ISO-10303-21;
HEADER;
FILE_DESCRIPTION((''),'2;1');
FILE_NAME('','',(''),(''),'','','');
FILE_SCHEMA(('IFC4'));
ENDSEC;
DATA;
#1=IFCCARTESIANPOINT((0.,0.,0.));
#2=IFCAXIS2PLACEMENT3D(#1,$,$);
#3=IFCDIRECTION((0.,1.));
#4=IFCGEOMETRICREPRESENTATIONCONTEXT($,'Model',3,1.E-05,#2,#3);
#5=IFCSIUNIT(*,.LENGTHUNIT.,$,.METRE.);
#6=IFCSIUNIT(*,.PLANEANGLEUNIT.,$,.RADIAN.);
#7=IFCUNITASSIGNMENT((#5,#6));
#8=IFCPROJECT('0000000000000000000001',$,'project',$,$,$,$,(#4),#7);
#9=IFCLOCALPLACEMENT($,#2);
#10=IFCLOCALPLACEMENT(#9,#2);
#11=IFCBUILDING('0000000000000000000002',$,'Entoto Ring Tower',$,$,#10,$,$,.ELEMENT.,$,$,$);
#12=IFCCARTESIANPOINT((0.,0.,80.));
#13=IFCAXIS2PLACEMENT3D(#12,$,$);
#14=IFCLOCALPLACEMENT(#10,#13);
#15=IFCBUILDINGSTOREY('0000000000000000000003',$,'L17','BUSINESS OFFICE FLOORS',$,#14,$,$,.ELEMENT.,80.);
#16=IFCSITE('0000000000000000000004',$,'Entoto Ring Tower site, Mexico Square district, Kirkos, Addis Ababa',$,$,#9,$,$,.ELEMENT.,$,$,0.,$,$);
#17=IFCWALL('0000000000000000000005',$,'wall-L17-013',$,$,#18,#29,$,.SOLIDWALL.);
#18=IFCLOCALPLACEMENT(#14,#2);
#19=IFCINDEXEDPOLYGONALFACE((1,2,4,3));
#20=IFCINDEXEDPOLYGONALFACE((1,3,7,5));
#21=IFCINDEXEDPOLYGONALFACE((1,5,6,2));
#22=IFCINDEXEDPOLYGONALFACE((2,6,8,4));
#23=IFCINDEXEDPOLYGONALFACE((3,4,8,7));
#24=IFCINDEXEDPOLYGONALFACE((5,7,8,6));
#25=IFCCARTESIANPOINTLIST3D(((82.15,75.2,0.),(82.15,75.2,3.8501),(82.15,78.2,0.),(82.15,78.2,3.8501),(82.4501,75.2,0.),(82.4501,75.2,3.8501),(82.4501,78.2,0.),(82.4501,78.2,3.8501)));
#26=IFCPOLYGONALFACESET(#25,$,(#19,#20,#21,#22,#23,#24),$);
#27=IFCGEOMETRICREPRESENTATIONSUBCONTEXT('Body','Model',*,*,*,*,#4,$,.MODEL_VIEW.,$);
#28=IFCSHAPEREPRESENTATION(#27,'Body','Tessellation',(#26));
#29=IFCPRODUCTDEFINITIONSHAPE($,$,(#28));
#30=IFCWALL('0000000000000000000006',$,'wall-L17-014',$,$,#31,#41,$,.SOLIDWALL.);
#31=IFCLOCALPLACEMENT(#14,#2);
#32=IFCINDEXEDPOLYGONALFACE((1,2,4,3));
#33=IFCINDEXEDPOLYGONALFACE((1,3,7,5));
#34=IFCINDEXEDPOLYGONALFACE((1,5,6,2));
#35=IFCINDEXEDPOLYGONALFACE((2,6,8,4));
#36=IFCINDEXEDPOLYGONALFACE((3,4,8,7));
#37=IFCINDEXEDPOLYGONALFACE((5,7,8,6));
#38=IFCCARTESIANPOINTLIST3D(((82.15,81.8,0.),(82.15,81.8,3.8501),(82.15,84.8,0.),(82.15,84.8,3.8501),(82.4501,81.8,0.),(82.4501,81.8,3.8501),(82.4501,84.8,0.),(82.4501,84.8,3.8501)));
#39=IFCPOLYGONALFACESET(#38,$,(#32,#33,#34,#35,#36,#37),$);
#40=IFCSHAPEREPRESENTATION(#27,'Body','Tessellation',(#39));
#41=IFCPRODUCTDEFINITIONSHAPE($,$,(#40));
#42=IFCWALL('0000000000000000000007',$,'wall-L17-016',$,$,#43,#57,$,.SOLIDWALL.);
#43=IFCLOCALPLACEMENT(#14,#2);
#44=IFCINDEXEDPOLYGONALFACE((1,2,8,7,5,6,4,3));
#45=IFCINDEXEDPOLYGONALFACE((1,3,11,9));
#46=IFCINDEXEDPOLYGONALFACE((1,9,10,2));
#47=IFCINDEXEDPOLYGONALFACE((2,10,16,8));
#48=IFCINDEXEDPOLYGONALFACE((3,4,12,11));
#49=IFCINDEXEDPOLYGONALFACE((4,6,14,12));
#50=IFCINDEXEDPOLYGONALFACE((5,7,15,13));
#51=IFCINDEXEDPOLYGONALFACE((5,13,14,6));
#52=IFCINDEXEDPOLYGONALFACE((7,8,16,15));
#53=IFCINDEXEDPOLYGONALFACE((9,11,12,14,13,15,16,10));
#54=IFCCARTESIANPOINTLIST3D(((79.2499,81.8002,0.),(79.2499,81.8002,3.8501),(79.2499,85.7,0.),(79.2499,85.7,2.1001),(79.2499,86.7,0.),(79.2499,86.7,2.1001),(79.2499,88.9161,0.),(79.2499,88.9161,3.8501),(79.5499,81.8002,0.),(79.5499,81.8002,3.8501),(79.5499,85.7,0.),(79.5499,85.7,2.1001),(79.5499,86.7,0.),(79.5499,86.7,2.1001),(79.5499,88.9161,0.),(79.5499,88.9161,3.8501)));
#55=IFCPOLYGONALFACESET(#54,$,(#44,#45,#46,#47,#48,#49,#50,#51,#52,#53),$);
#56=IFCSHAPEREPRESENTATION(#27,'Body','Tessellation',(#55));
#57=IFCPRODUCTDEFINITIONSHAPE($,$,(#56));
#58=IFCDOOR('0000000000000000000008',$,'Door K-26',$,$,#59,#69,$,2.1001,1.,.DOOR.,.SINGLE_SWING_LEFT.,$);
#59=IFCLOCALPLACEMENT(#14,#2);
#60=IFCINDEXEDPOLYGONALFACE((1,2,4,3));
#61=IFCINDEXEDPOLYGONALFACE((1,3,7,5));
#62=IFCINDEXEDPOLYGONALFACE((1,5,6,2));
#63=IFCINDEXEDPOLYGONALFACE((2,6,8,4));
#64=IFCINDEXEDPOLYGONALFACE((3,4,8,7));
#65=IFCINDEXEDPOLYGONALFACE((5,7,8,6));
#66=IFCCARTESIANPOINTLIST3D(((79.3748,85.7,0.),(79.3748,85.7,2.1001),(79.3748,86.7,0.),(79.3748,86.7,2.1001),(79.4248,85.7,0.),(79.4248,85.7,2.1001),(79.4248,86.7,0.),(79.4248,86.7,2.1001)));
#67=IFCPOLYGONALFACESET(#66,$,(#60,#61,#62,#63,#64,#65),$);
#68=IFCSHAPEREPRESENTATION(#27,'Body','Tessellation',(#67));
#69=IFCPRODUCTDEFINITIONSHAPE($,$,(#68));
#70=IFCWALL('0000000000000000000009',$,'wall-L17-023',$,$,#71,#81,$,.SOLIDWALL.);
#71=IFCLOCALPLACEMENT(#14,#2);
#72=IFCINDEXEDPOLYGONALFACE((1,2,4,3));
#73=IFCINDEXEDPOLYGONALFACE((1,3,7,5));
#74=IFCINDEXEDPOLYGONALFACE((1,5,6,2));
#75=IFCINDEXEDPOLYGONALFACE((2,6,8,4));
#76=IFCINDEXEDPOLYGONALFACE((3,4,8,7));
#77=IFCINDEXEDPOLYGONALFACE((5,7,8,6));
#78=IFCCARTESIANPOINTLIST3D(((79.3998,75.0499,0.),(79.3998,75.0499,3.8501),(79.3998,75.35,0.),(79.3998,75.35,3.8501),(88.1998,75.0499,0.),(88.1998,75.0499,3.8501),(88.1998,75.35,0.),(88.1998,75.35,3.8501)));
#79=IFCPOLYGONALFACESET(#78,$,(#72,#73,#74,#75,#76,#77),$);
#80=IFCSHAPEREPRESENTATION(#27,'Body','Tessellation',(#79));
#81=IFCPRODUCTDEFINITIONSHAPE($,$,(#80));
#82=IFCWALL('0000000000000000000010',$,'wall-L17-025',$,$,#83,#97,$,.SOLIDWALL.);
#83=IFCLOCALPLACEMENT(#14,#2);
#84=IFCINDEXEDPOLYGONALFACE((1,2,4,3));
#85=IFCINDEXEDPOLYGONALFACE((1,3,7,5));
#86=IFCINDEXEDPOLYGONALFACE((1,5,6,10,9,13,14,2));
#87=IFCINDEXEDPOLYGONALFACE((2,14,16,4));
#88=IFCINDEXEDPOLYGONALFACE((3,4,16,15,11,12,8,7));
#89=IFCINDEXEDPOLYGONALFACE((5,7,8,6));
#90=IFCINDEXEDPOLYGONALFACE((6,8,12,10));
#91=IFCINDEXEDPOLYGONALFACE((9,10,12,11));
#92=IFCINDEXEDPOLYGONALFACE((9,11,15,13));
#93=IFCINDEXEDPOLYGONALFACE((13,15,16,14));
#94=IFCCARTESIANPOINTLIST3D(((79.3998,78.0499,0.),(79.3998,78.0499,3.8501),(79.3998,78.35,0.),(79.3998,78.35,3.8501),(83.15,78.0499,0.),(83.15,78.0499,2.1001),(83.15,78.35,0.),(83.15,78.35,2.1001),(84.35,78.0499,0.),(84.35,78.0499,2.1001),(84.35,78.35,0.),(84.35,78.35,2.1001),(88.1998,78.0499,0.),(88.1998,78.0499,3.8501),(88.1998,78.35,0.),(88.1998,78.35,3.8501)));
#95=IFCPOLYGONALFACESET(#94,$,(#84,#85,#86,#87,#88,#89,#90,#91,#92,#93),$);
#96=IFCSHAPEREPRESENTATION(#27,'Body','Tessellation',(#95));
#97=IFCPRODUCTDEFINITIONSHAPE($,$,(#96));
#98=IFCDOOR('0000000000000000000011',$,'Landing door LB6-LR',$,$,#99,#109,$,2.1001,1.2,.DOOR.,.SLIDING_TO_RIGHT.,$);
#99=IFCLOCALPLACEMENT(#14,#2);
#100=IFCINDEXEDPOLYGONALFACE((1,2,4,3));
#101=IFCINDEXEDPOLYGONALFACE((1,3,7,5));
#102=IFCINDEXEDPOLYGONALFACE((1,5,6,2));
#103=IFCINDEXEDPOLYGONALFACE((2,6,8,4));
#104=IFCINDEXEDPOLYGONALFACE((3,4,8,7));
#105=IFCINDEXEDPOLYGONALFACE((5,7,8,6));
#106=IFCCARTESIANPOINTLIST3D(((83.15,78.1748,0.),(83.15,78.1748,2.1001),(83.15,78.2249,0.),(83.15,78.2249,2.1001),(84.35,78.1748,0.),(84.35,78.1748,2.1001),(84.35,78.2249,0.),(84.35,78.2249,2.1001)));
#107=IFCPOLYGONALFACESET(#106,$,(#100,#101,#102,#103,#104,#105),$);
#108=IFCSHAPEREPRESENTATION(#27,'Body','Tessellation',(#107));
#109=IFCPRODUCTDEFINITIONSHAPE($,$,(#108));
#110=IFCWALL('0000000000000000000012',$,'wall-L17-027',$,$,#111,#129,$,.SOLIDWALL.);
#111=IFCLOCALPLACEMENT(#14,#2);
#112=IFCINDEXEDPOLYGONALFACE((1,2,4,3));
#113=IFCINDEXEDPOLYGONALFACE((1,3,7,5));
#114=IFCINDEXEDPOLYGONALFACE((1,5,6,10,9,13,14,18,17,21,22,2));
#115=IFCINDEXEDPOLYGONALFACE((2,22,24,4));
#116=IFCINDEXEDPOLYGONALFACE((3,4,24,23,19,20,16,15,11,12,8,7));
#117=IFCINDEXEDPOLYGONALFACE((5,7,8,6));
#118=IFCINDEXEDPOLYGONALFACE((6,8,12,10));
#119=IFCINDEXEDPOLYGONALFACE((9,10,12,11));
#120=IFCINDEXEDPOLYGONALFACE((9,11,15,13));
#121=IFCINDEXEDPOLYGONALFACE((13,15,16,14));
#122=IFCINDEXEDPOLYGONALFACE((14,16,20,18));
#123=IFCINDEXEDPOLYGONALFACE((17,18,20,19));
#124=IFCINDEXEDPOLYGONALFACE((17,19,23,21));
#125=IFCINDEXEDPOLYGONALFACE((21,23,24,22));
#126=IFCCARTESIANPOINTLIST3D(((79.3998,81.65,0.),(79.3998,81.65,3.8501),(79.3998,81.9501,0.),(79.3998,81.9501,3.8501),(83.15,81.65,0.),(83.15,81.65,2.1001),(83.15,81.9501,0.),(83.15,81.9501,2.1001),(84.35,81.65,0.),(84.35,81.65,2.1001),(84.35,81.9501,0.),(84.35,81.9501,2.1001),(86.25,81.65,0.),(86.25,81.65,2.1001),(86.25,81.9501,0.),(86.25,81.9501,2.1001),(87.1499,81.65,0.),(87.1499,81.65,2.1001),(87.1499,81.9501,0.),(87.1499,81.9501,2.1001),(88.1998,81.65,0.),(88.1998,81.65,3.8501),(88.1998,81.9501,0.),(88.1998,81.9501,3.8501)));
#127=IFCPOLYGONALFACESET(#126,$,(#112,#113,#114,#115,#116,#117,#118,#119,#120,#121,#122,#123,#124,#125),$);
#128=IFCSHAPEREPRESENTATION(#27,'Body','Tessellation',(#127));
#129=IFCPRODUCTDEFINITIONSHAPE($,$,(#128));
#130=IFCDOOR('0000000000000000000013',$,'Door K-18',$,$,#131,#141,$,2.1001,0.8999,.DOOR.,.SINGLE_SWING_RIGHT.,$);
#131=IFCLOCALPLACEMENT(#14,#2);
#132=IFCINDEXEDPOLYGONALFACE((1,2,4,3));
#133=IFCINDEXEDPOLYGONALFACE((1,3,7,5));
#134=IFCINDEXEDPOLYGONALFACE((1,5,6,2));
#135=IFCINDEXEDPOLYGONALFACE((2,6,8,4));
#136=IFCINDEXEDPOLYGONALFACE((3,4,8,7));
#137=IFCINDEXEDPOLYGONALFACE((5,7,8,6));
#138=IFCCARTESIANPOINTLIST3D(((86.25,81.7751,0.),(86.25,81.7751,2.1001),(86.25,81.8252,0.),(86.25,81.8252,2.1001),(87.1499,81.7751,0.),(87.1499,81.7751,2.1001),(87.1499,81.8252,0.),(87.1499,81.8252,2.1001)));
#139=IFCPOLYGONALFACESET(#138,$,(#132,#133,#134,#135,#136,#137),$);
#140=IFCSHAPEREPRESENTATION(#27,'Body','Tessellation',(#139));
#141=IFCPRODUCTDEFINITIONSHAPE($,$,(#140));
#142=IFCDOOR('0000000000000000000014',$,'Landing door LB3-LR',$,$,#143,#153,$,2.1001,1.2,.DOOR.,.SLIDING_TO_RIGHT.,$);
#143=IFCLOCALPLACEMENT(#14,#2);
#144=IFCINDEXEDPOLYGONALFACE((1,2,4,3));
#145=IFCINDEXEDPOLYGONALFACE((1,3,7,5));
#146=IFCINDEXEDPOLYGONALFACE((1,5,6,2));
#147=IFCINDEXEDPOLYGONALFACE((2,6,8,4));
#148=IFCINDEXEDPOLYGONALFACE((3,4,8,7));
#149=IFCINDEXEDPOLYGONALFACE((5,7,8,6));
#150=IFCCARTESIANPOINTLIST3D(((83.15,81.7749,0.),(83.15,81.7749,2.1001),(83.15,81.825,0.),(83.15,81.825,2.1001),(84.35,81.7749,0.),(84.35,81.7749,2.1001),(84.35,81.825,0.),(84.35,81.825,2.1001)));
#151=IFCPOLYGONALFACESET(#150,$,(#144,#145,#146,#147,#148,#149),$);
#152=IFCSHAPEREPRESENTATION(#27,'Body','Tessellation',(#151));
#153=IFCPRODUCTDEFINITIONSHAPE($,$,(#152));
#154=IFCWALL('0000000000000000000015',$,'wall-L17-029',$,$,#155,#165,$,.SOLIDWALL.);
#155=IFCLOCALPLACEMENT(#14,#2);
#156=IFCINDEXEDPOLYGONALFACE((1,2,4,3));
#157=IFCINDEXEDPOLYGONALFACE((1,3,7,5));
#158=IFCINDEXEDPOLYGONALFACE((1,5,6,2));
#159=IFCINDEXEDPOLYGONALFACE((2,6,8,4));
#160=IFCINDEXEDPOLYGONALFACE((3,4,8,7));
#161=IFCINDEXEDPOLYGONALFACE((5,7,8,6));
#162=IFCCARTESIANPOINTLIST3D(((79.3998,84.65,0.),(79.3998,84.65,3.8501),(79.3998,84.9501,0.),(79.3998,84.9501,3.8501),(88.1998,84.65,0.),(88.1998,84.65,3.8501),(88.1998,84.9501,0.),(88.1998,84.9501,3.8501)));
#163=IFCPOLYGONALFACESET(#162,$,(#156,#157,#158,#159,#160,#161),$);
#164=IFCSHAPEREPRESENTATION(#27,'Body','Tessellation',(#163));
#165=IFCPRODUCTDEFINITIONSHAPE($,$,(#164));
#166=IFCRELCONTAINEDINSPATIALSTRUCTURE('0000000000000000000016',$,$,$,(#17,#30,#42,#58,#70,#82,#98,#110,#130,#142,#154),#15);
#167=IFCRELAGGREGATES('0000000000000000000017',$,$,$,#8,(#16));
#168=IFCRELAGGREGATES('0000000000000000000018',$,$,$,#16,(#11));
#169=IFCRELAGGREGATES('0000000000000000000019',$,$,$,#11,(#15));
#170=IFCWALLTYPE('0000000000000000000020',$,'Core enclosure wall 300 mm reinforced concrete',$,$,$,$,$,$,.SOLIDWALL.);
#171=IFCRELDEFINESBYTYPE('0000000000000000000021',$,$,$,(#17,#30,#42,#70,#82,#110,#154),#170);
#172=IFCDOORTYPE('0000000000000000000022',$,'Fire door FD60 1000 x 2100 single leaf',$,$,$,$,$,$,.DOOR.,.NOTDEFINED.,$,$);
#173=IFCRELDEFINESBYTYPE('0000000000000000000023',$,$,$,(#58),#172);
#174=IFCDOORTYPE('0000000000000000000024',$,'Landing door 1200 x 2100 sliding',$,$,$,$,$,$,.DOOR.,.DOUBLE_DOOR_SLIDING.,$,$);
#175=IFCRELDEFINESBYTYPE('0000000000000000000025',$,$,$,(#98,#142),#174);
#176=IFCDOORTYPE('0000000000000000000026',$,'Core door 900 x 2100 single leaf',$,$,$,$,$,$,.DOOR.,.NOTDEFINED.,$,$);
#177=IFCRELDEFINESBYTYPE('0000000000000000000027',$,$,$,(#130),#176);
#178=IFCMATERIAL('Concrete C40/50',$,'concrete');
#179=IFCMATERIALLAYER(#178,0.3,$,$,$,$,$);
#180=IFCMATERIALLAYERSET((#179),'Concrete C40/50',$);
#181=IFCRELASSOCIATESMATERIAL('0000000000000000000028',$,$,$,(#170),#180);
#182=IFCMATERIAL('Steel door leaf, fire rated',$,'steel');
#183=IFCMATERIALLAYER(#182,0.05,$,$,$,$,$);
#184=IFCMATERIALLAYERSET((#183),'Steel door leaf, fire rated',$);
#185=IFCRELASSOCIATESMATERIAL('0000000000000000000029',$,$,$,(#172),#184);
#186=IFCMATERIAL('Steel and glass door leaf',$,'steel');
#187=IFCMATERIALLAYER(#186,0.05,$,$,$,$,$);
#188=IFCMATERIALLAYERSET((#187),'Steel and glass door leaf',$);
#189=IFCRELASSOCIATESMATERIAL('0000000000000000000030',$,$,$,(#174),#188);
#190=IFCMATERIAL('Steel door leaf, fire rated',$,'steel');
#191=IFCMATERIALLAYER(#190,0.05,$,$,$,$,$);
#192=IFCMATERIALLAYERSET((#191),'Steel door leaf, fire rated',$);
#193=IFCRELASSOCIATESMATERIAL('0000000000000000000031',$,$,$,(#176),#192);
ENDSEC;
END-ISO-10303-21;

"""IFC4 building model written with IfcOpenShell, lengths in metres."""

from ifc_helpers import new_model, si_unit, direction, frame, frame_2d, origin, place, context, subcontext, project, spatial, rectangle, extrude, material, layer, layer_set, type_object, element, fill, save


model = new_model("IFC4")

# Units and contexts
model_context = context("Model", 3, precision=1e-05, world=origin(), true_north=direction((0.0, 1.0)))
body_context = subcontext(model_context, "Body", "Model", "MODEL_VIEW")
ifc_project = project(units=[si_unit("LENGTHUNIT", "METRE"), si_unit("PLANEANGLEUNIT", "RADIAN")], contexts=[model_context])

# Site, building, storey
site_placement = place(None, origin())
site = spatial("IfcSite", under=ifc_project, at=site_placement, Name="Entoto Ring Tower site, Mexico Square district, Kirkos, Addis Ababa", CompositionType="ELEMENT", RefElevation=0.0)
building_placement = place(site_placement, origin())
building = spatial("IfcBuilding", under=site, at=building_placement, Name="Entoto Ring Tower", CompositionType="ELEMENT")
storey_placement = place(building_placement, frame((0.0, 0.0, 80.0)))
storey = spatial("IfcBuildingStorey", under=building, at=storey_placement, Name="L17", Description="BUSINESS OFFICE FLOORS", CompositionType="ELEMENT", Elevation=80.0)

# Walls
ifc_material_1 = material(Name="Concrete C40/50", Category="concrete")
ifc_layer_1 = layer(ifc_material_1, 0.3)
ifc_layer_set_1 = layer_set([ifc_layer_1], Name="Concrete C40/50")
wall_type_1 = type_object("IfcWallType", Name="Core enclosure wall 300 mm reinforced concrete", PredefinedType="SOLIDWALL", material=ifc_layer_set_1)
for number, where, z_axis, x_axis, name in (
    (1, (82.3, 75.2, 0.0), (0.0, 0.0, 1.0), (0.0, 1.0, 0.0), "wall-L17-013"),
    (2, (82.3, 81.8, 0.0), (0.0, 0.0, 1.0), (0.0, 1.0, 0.0), "wall-L17-014"),
):
    element("IfcWall", number, at=place(storey_placement, frame(where, z_axis=z_axis, x_axis=x_axis)), inside=storey, type_object=wall_type_1, Name=name, PredefinedType="SOLIDWALL", context=body_context, shape_type="SweptSolid", body=[
        extrude(rectangle(XDim=3.0, YDim=0.3, at=frame_2d((1.5, 0.0))), origin(), (0.0, 0.0, 1.0), 3.8501),
    ])

# Wall, opening, door
wall_1_placement = place(storey_placement, frame((79.3999, 81.8, 0.0), z_axis=(0.0, 0.0, 1.0), x_axis=(0.0, 1.0, 0.0)))
wall_1 = element("IfcWall", 3, at=wall_1_placement, inside=storey, type_object=wall_type_1, Name="wall-L17-016", PredefinedType="SOLIDWALL", context=body_context, shape_type="SweptSolid", body=[
    extrude(rectangle(XDim=7.116, YDim=0.3, at=frame_2d((3.5581, 0.0))), origin(), (0.0, 0.0, 1.0), 3.8501),
])
opening_1_placement = place(wall_1_placement, frame((3.8999, 0.0, 0.0)))
opening_1 = element("IfcOpeningElement", 4, at=opening_1_placement, cuts=wall_1, PredefinedType="OPENING", context=body_context, shape_type="SweptSolid", body=[
    extrude(rectangle(XDim=1.0, YDim=2.1001, at=frame_2d((0.5, 1.05))), frame((0.0, 0.1602, 0.0), z_axis=(0.0, -1.0, 0.0), x_axis=(1.0, 0.0, 0.0)), (0.0, 0.0, 1.0), 0.3201),
])
ifc_material_2 = material(Name="Steel door leaf, fire rated", Category="steel")
ifc_layer_2 = layer(ifc_material_2, 0.05)
ifc_layer_set_2 = layer_set([ifc_layer_2], Name="Steel door leaf, fire rated")
door_type_1 = type_object("IfcDoorType", Name="Fire door FD60 1000 x 2100 single leaf", OperationType="NOTDEFINED", PredefinedType="DOOR", material=ifc_layer_set_2)
door_1_placement = place(opening_1_placement, frame((1.0, 0.0, 0.0), z_axis=(0.0, 0.0, 1.0), x_axis=(-1.0, 0.0, 0.0)))
door_1 = element("IfcDoor", 5, at=door_1_placement, inside=storey, type_object=door_type_1, Name="Door K-26", OperationType="SINGLE_SWING_LEFT", OverallHeight=2.1001, OverallWidth=1.0, PredefinedType="DOOR", context=body_context, shape_type="SweptSolid", body=[
    extrude(rectangle(XDim=1.0, YDim=2.1001, at=frame_2d((0.5, 1.05))), frame((0.0, 0.0249, 0.0), z_axis=(0.0, -1.0, 0.0), x_axis=(1.0, 0.0, 0.0)), (0.0, 0.0, 1.0), 0.05),
])
fill(opening_1, door_1)

# Wall
wall_2_placement = place(storey_placement, frame((79.3999, 75.2, 0.0), z_axis=(0.0, 0.0, 1.0), x_axis=(1.0, 0.0, 0.0)))
element("IfcWall", 6, at=wall_2_placement, inside=storey, type_object=wall_type_1, Name="wall-L17-023", PredefinedType="SOLIDWALL", context=body_context, shape_type="SweptSolid", body=[
    extrude(rectangle(XDim=8.8, YDim=0.3, at=frame_2d((4.3999, 0.0))), origin(), (0.0, 0.0, 1.0), 3.8501),
])

# Wall, opening, door
wall_3_placement = place(storey_placement, frame((79.3999, 78.2, 0.0), z_axis=(0.0, 0.0, 1.0), x_axis=(1.0, 0.0, 0.0)))
wall_3 = element("IfcWall", 7, at=wall_3_placement, inside=storey, type_object=wall_type_1, Name="wall-L17-025", PredefinedType="SOLIDWALL", context=body_context, shape_type="SweptSolid", body=[
    extrude(rectangle(XDim=8.8, YDim=0.3, at=frame_2d((4.3999, 0.0))), origin(), (0.0, 0.0, 1.0), 3.8501),
])
opening_2_placement = place(wall_3_placement, frame((3.75, 0.0, 0.0)))
opening_2 = element("IfcOpeningElement", 8, at=opening_2_placement, cuts=wall_3, PredefinedType="OPENING", context=body_context, shape_type="SweptSolid", body=[
    extrude(rectangle(XDim=1.2, YDim=2.1001, at=frame_2d((0.6001, 1.05))), frame((0.0, 0.1602, 0.0), z_axis=(0.0, -1.0, 0.0), x_axis=(1.0, 0.0, 0.0)), (0.0, 0.0, 1.0), 0.3201),
])
ifc_material_3 = material(Name="Steel and glass door leaf", Category="steel")
ifc_layer_3 = layer(ifc_material_3, 0.05)
ifc_layer_set_3 = layer_set([ifc_layer_3], Name="Steel and glass door leaf")
door_type_2 = type_object("IfcDoorType", Name="Landing door 1200 x 2100 sliding", OperationType="DOUBLE_DOOR_SLIDING", PredefinedType="DOOR", material=ifc_layer_set_3)
door_2_placement = place(opening_2_placement, origin())
door_2 = element("IfcDoor", 9, at=door_2_placement, inside=storey, type_object=door_type_2, Name="Landing door LB6-LR", OperationType="SLIDING_TO_RIGHT", OverallHeight=2.1001, OverallWidth=1.2, PredefinedType="DOOR", context=body_context, shape_type="SweptSolid", body=[
    extrude(rectangle(XDim=1.2, YDim=2.1001, at=frame_2d((0.6001, 1.05))), frame((0.0, 0.0249, 0.0), z_axis=(0.0, -1.0, 0.0), x_axis=(1.0, 0.0, 0.0)), (0.0, 0.0, 1.0), 0.05),
])
fill(opening_2, door_2)

# Wall, openings, doors
wall_4_placement = place(storey_placement, frame((79.3999, 81.8, 0.0), z_axis=(0.0, 0.0, 1.0), x_axis=(1.0, 0.0, 0.0)))
wall_4 = element("IfcWall", 10, at=wall_4_placement, inside=storey, type_object=wall_type_1, Name="wall-L17-027", PredefinedType="SOLIDWALL", context=body_context, shape_type="SweptSolid", body=[
    extrude(rectangle(XDim=8.8, YDim=0.3, at=frame_2d((4.3999, 0.0))), origin(), (0.0, 0.0, 1.0), 3.8501),
])
opening_3_placement = place(wall_4_placement, frame((3.75, 0.0, 0.0)))
opening_3 = element("IfcOpeningElement", 11, at=opening_3_placement, cuts=wall_4, PredefinedType="OPENING", context=body_context, shape_type="SweptSolid", body=[
    extrude(rectangle(XDim=1.2, YDim=2.1001, at=frame_2d((0.6001, 1.05))), frame((0.0, 0.1602, 0.0), z_axis=(0.0, -1.0, 0.0), x_axis=(1.0, 0.0, 0.0)), (0.0, 0.0, 1.0), 0.3201),
])
opening_4_placement = place(wall_4_placement, frame((6.8501, 0.0, 0.0)))
opening_4 = element("IfcOpeningElement", 12, at=opening_4_placement, cuts=wall_4, PredefinedType="OPENING", context=body_context, shape_type="SweptSolid", body=[
    extrude(rectangle(XDim=0.8999, YDim=2.1001, at=frame_2d((0.45, 1.05))), frame((0.0, 0.1602, 0.0), z_axis=(0.0, -1.0, 0.0), x_axis=(1.0, 0.0, 0.0)), (0.0, 0.0, 1.0), 0.3201),
])
ifc_material_4 = material(Name="Steel door leaf, fire rated", Category="steel")
ifc_layer_4 = layer(ifc_material_4, 0.05)
ifc_layer_set_4 = layer_set([ifc_layer_4], Name="Steel door leaf, fire rated")
door_type_3 = type_object("IfcDoorType", Name="Core door 900 x 2100 single leaf", OperationType="NOTDEFINED", PredefinedType="DOOR", material=ifc_layer_set_4)
door_3_placement = place(opening_4_placement, frame((0.8999, 0.0, 0.0), z_axis=(0.0, 0.0, 1.0), x_axis=(-1.0, 0.0, 0.0)))
door_3 = element("IfcDoor", 13, at=door_3_placement, inside=storey, type_object=door_type_3, Name="Door K-18", OperationType="SINGLE_SWING_RIGHT", OverallHeight=2.1001, OverallWidth=0.8999, PredefinedType="DOOR", context=body_context, shape_type="SweptSolid", body=[
    extrude(rectangle(XDim=0.8999, YDim=2.1001, at=frame_2d((0.45, 1.05))), frame((0.0, 0.0249, 0.0), z_axis=(0.0, -1.0, 0.0), x_axis=(1.0, 0.0, 0.0)), (0.0, 0.0, 1.0), 0.05),
])
fill(opening_4, door_3)
door_4_placement = place(opening_3_placement, origin())
door_4 = element("IfcDoor", 14, at=door_4_placement, inside=storey, type_object=door_type_2, Name="Landing door LB3-LR", OperationType="SLIDING_TO_RIGHT", OverallHeight=2.1001, OverallWidth=1.2, PredefinedType="DOOR", context=body_context, shape_type="SweptSolid", body=[
    extrude(rectangle(XDim=1.2, YDim=2.1001, at=frame_2d((0.6001, 1.05))), frame((0.0, 0.0249, 0.0), z_axis=(0.0, -1.0, 0.0), x_axis=(1.0, 0.0, 0.0)), (0.0, 0.0, 1.0), 0.05),
])
fill(opening_3, door_4)

# Wall
wall_5_placement = place(storey_placement, frame((79.3999, 84.8, 0.0), z_axis=(0.0, 0.0, 1.0), x_axis=(1.0, 0.0, 0.0)))
element("IfcWall", 15, at=wall_5_placement, inside=storey, type_object=wall_type_1, Name="wall-L17-029", PredefinedType="SOLIDWALL", context=body_context, shape_type="SweptSolid", body=[
    extrude(rectangle(XDim=8.8, YDim=0.3, at=frame_2d((4.3999, 0.0))), origin(), (0.0, 0.0, 1.0), 3.8501),
])

save(model, "model.ifc")
